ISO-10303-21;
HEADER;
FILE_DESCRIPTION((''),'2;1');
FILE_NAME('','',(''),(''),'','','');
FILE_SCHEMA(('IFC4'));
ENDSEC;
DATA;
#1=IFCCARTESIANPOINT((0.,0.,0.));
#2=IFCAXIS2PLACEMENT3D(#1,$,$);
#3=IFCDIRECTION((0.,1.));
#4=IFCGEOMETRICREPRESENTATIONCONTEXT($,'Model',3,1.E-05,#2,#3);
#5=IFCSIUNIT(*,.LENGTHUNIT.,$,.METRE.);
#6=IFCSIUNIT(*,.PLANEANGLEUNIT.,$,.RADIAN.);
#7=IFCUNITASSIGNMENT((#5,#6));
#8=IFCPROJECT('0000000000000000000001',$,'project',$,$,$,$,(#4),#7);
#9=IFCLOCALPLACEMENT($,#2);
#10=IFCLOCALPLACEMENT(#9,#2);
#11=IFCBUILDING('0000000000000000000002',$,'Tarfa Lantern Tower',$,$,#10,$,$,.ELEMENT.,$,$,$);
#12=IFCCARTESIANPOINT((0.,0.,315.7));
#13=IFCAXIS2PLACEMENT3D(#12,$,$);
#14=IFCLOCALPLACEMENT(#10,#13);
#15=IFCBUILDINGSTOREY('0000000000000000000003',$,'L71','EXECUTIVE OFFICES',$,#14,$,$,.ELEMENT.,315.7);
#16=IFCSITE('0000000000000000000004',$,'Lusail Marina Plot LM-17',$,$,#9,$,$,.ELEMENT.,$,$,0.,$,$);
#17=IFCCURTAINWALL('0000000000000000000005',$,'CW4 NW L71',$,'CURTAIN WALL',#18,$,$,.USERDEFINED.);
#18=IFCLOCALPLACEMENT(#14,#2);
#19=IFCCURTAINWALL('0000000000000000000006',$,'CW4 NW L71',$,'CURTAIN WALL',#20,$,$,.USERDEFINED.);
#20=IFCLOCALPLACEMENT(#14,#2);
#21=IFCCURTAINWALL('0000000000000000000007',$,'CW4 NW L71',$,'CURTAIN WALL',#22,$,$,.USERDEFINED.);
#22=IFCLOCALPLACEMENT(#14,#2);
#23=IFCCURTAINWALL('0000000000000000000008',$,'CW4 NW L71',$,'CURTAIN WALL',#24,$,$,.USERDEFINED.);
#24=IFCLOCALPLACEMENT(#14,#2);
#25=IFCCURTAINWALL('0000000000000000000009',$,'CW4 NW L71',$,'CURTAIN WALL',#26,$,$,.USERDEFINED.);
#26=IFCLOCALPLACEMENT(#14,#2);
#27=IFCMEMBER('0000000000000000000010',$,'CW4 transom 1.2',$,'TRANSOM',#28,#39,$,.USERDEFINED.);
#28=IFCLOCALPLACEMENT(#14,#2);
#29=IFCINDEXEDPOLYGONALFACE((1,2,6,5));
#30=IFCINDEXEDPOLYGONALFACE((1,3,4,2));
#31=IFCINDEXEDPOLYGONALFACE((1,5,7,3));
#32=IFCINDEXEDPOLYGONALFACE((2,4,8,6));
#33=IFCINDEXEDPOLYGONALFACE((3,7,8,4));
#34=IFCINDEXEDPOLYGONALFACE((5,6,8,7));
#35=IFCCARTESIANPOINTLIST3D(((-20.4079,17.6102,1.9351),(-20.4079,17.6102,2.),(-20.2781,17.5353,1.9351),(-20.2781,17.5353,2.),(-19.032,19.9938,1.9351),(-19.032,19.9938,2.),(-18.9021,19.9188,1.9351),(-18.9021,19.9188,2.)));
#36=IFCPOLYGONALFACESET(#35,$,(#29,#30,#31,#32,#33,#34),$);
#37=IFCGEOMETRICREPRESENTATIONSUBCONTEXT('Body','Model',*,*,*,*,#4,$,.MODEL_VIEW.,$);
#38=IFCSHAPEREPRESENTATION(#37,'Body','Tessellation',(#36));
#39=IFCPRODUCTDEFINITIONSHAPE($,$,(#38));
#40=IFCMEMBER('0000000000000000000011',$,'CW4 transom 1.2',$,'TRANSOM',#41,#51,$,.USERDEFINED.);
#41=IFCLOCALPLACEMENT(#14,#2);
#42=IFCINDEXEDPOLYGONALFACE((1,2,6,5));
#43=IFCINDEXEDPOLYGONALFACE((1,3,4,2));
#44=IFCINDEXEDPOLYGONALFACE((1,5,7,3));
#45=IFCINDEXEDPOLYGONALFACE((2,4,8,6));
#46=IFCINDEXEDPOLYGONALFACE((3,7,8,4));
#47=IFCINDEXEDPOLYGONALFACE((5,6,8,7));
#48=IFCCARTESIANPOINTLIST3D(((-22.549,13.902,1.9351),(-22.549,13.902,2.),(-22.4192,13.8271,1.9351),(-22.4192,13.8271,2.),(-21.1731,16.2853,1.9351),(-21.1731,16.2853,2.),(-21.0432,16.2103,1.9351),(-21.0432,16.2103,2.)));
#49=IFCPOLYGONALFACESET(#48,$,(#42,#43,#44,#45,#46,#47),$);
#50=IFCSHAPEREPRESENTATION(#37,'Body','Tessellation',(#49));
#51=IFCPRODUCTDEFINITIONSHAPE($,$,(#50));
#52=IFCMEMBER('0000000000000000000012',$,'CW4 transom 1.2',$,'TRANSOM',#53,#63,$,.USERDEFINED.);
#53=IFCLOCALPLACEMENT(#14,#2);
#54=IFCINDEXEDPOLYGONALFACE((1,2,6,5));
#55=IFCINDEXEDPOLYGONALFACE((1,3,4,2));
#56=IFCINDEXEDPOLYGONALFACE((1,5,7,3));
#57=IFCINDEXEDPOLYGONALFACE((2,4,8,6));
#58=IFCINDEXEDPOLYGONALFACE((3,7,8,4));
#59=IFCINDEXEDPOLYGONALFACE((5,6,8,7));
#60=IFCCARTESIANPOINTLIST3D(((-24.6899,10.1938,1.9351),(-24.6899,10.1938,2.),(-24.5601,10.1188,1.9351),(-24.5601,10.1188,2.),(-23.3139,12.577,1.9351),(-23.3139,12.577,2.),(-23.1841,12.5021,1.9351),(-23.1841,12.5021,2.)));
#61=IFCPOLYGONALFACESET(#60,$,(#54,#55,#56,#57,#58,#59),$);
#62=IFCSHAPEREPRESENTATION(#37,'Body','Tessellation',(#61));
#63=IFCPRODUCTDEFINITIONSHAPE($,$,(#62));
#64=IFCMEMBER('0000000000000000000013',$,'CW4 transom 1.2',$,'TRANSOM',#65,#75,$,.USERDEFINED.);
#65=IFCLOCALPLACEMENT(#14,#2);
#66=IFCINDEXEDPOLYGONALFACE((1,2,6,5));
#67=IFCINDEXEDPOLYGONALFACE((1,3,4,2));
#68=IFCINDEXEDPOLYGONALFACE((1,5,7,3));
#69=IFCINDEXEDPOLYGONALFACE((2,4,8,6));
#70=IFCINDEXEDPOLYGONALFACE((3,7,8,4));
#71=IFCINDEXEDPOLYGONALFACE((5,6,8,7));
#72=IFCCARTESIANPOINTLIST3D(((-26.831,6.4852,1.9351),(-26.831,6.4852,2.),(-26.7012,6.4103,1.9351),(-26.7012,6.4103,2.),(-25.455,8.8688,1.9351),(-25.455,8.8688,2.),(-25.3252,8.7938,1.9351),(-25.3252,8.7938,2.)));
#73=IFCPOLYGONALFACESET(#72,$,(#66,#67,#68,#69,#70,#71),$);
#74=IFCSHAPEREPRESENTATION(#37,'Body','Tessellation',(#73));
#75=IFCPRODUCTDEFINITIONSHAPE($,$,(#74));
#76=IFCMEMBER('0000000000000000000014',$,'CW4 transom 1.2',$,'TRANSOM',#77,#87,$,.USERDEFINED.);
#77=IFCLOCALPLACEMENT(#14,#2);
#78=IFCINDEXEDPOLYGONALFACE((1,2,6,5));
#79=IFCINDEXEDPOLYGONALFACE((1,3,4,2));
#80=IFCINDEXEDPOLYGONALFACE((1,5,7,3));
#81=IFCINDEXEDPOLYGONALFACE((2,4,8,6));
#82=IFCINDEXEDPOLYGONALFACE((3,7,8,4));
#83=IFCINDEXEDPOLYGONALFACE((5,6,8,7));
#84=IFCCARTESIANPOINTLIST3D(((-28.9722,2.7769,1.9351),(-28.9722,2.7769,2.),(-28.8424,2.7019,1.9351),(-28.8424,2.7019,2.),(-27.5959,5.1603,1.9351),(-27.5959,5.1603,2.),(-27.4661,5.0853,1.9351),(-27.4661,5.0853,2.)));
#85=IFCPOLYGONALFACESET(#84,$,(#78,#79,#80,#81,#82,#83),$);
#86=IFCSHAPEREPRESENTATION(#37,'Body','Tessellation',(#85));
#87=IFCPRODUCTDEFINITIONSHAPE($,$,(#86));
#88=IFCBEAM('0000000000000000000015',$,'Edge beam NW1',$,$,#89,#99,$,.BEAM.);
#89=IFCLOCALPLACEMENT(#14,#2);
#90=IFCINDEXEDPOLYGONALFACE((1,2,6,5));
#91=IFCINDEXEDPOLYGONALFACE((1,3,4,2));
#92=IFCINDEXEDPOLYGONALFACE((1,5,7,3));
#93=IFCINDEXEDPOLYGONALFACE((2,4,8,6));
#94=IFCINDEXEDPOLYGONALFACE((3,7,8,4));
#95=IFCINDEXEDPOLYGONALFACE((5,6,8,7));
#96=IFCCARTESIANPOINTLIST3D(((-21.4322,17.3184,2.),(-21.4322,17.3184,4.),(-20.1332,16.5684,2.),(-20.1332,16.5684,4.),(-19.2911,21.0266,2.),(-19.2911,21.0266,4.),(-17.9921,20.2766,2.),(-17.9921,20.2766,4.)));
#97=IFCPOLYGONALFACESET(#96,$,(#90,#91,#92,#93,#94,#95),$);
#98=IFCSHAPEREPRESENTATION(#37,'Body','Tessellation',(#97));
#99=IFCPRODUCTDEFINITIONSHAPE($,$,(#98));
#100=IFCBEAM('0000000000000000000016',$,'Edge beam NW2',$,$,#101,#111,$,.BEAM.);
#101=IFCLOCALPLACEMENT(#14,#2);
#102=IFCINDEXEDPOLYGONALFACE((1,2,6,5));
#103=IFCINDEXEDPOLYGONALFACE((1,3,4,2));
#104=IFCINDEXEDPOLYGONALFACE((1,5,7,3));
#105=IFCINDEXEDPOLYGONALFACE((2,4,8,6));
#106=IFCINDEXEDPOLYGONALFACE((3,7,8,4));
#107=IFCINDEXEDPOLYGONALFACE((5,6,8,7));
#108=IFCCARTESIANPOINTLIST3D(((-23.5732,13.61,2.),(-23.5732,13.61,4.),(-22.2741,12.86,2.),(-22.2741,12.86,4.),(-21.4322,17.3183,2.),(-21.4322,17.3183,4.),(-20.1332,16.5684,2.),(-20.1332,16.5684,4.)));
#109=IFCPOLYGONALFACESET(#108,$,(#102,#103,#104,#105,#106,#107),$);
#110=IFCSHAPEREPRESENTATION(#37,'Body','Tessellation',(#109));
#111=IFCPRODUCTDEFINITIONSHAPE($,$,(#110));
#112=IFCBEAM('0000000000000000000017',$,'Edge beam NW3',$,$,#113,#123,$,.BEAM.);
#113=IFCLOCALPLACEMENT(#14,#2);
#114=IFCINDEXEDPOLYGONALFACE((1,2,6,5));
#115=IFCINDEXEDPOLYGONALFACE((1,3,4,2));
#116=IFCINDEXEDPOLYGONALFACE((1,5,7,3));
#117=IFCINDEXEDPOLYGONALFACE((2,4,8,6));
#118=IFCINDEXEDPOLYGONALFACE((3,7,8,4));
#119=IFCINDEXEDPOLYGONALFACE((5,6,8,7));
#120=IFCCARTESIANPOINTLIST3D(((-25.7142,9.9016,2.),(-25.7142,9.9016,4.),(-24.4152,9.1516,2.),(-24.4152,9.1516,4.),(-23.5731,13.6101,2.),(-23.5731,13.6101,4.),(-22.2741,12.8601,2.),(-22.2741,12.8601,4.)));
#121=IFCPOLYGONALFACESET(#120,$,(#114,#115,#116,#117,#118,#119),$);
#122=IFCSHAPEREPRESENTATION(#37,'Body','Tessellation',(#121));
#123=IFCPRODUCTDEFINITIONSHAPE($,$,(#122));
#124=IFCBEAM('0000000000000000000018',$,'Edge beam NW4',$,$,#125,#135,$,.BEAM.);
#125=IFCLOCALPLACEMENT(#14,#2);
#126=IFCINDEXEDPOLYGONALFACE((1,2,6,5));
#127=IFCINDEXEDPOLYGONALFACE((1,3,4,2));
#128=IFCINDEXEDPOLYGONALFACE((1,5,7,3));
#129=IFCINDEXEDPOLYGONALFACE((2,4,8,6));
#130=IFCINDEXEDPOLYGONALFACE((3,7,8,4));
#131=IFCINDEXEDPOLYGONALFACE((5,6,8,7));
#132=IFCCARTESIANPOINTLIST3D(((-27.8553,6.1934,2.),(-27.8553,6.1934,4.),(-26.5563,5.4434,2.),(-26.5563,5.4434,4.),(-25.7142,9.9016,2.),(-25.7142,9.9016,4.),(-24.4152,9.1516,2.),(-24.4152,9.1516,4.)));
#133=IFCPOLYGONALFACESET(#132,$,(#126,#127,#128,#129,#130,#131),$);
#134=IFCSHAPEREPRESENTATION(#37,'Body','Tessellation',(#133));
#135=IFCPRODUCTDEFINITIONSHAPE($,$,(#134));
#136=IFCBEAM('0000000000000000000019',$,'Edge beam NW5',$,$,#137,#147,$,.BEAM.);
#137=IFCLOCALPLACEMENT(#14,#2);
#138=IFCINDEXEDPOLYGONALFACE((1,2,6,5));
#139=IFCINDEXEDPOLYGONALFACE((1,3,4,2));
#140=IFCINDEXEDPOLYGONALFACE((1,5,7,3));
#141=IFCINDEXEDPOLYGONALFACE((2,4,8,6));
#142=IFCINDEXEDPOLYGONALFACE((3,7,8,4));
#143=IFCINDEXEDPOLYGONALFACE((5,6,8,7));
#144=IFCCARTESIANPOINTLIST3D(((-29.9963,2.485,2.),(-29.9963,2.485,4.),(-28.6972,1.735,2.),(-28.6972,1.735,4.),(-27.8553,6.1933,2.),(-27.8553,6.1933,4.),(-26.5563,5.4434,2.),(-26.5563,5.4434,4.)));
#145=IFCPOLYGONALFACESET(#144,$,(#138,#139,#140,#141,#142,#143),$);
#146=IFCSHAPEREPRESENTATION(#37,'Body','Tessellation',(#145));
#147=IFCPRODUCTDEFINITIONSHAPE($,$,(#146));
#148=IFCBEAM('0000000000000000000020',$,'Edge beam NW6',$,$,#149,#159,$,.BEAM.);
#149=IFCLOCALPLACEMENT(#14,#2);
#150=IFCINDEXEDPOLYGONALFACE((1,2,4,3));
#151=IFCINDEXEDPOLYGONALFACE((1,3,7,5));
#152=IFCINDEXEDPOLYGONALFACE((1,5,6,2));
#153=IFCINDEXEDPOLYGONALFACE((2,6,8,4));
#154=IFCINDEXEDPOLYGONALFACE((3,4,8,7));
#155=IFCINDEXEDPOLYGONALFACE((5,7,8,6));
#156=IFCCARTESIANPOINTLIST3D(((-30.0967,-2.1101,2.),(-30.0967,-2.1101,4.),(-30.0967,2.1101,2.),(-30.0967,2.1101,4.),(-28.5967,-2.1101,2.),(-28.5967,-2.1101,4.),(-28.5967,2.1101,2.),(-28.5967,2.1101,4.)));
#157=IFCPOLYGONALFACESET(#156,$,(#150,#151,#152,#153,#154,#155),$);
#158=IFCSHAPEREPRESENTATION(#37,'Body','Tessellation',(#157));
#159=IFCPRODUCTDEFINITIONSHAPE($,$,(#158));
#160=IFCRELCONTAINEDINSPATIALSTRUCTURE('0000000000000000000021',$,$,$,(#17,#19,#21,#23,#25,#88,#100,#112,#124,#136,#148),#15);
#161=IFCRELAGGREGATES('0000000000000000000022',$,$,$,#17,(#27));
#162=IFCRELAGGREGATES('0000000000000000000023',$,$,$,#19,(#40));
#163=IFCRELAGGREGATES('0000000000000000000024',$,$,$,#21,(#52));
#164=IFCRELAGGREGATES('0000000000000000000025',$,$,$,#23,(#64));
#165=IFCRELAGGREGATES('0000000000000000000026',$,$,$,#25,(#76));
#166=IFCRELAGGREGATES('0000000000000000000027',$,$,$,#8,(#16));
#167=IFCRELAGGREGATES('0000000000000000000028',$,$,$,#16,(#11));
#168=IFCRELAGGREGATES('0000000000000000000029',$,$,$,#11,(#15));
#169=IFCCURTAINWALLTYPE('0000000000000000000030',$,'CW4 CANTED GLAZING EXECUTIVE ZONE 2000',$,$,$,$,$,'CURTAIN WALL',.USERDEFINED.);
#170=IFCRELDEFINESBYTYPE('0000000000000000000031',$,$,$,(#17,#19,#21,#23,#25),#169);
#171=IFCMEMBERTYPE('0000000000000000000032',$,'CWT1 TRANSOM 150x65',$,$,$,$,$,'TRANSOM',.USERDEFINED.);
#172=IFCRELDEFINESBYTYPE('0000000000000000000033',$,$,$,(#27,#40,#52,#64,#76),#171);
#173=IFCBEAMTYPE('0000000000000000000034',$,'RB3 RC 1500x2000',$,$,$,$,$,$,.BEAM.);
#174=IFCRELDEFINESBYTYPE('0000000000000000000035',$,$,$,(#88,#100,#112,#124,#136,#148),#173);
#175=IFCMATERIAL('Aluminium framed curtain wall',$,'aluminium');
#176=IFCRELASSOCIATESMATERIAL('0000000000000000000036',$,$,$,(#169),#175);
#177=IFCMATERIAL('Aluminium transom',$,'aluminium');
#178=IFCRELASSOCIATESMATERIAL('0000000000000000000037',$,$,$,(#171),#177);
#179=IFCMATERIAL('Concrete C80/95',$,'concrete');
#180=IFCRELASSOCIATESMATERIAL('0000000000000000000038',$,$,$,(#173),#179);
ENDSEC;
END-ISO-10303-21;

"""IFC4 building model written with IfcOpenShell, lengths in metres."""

from ifc_helpers import new_model, si_unit, direction, frame, origin, origin_2d, place, context, subcontext, project, spatial, rectangle, extrude, material, material_profile, profile_set, type_object, element, aggregate, save


model = new_model("IFC4")

# Units and contexts
model_context = context("Model", 3, precision=1e-05, world=origin(), true_north=direction((0.0, 1.0)))
body_context = subcontext(model_context, "Body", "Model", "MODEL_VIEW")
ifc_project = project(units=[si_unit("LENGTHUNIT", "METRE"), si_unit("PLANEANGLEUNIT", "RADIAN")], contexts=[model_context])

# Site, building, storey
site_placement = place(None, origin())
site = spatial("IfcSite", under=ifc_project, at=site_placement, Name="Lusail Marina Plot LM-17", CompositionType="ELEMENT", RefElevation=0.0)
building_placement = place(site_placement, origin())
building = spatial("IfcBuilding", under=site, at=building_placement, Name="Tarfa Lantern Tower", CompositionType="ELEMENT")
storey_placement = place(building_placement, frame((0.0, 0.0, 315.7)))
storey = spatial("IfcBuildingStorey", under=building, at=storey_placement, Name="L71", Description="EXECUTIVE OFFICES", CompositionType="ELEMENT", Elevation=315.7)

# Shared definitions
ifc_material_1 = material(Name="Concrete C80/95", Category="concrete")

# Curtain walls
ifc_material_2 = material(Name="Aluminium framed curtain wall", Category="aluminium")
curtain_wall_type = type_object("IfcCurtainWallType", Name="CW4 CANTED GLAZING EXECUTIVE ZONE 2000", ElementType="CURTAIN WALL", PredefinedType="USERDEFINED", material=ifc_material_2)
curtain_wall_1_placement = place(storey_placement, origin())
curtain_wall_1 = element("IfcCurtainWall", 1, at=curtain_wall_1_placement, inside=storey, type_object=curtain_wall_type, Name="CW4 NW L71", ObjectType="CURTAIN WALL", PredefinedType="USERDEFINED")
curtain_wall_2_placement = place(storey_placement, origin())
curtain_wall_2 = element("IfcCurtainWall", 2, at=curtain_wall_2_placement, inside=storey, type_object=curtain_wall_type, Name="CW4 NW L71", ObjectType="CURTAIN WALL", PredefinedType="USERDEFINED")
curtain_wall_3_placement = place(storey_placement, origin())
curtain_wall_3 = element("IfcCurtainWall", 3, at=curtain_wall_3_placement, inside=storey, type_object=curtain_wall_type, Name="CW4 NW L71", ObjectType="CURTAIN WALL", PredefinedType="USERDEFINED")
curtain_wall_4_placement = place(storey_placement, origin())
curtain_wall_4 = element("IfcCurtainWall", 4, at=curtain_wall_4_placement, inside=storey, type_object=curtain_wall_type, Name="CW4 NW L71", ObjectType="CURTAIN WALL", PredefinedType="USERDEFINED")
curtain_wall_5_placement = place(storey_placement, origin())
curtain_wall_5 = element("IfcCurtainWall", 5, at=curtain_wall_5_placement, inside=storey, type_object=curtain_wall_type, Name="CW4 NW L71", ObjectType="CURTAIN WALL", PredefinedType="USERDEFINED")

# Members
ifc_material_3 = material(Name="Aluminium transom", Category="aluminium")
ifc_material_profile_1 = material_profile(ifc_material_3, rectangle(XDim=0.1499, YDim=0.0649, at=origin_2d()), Name="AL TRANSOM 150x65")
ifc_profile_set_1 = profile_set([ifc_material_profile_1], Name="Aluminium transom")
member_type_1 = type_object("IfcMemberType", Name="CWT1 TRANSOM 150x65", ElementType="TRANSOM", PredefinedType="USERDEFINED", material=ifc_profile_set_1)
member_1_placement = place(storey_placement, frame((-18.967, 19.9563, 1.9675), z_axis=(-0.499955, -0.866051, 0.0), x_axis=(0.866051, -0.499955, 0.0)))
member_1 = element("IfcMember", 6, at=member_1_placement, type_object=member_type_1, Name="CW4 transom 1.2", ObjectType="TRANSOM", PredefinedType="USERDEFINED", context=body_context, shape_type="SweptSolid", body=[
    extrude(rectangle(XDim=0.1499, YDim=0.0649, at=origin_2d()), origin(), (0.0, 0.0, 1.0), 2.7522),
])
member_2_placement = place(storey_placement, frame((-21.1082, 16.2478, 1.9675), z_axis=(-0.499994, -0.866029, 0.0), x_axis=(0.866029, -0.499994, 0.0)))
member_2 = element("IfcMember", 7, at=member_2_placement, type_object=member_type_1, Name="CW4 transom 1.2", ObjectType="TRANSOM", PredefinedType="USERDEFINED", context=body_context, shape_type="SweptSolid", body=[
    extrude(rectangle(XDim=0.1499, YDim=0.0649, at=origin_2d()), origin(), (0.0, 0.0, 1.0), 2.752),
])
member_3_placement = place(storey_placement, frame((-23.249, 12.5396, 1.9675), z_axis=(-0.499994, -0.866029, 0.0), x_axis=(0.866029, -0.499994, 0.0)))
member_3 = element("IfcMember", 8, at=member_3_placement, type_object=member_type_1, Name="CW4 transom 1.2", ObjectType="TRANSOM", PredefinedType="USERDEFINED", context=body_context, shape_type="SweptSolid", body=[
    extrude(rectangle(XDim=0.1499, YDim=0.0649, at=origin_2d()), origin(), (0.0, 0.0, 1.0), 2.752),
])
member_4_placement = place(storey_placement, frame((-25.3901, 8.8313, 1.9675), z_axis=(-0.499955, -0.866051, 0.0), x_axis=(0.866051, -0.499955, 0.0)))
member_4 = element("IfcMember", 9, at=member_4_placement, type_object=member_type_1, Name="CW4 transom 1.2", ObjectType="TRANSOM", PredefinedType="USERDEFINED", context=body_context, shape_type="SweptSolid", body=[
    extrude(rectangle(XDim=0.1499, YDim=0.0649, at=origin_2d()), origin(), (0.0, 0.0, 1.0), 2.7522),
])
member_5_placement = place(storey_placement, frame((-27.531, 5.1228, 1.9675), z_axis=(-0.50006, -0.865991, 0.0), x_axis=(0.865991, -0.50006, 0.0)))
member_5 = element("IfcMember", 10, at=member_5_placement, type_object=member_type_1, Name="CW4 transom 1.2", ObjectType="TRANSOM", PredefinedType="USERDEFINED", context=body_context, shape_type="SweptSolid", body=[
    extrude(rectangle(XDim=0.1499, YDim=0.0649, at=origin_2d()), origin(), (0.0, 0.0, 1.0), 2.7522),
])

# Beams
ifc_material_profile_2 = material_profile(ifc_material_1, rectangle(XDim=1.5, YDim=2.0, at=origin_2d()), Name="RC 1500x2000")
ifc_profile_set_2 = profile_set([ifc_material_profile_2], Name="Concrete C80/95")
beam_type_1 = type_object("IfcBeamType", Name="RB3 RC 1500x2000", PredefinedType="BEAM", material=ifc_profile_set_2)
for number, where, z_axis, x_axis, name in (
    (11, (-18.6416, 20.6516, 3.0), (-0.500027, -0.86601, 0.0), (0.86601, -0.500027, 0.0), "Edge beam NW1"),
    (12, (-20.7827, 16.9434, 3.0), (-0.499984, -0.866035, 0.0), (0.866035, -0.499984, 0.0), "Edge beam NW2"),
):
    element("IfcBeam", number, at=place(storey_placement, frame(where, z_axis=z_axis, x_axis=x_axis)), inside=storey, type_object=beam_type_1, Name=name, PredefinedType="BEAM", context=body_context, shape_type="SweptSolid", body=[
        extrude(rectangle(XDim=1.5, YDim=2.0, at=origin_2d()), origin(), (0.0, 0.0, 1.0), 4.282),
    ])
beam_1_placement = place(storey_placement, frame((-22.9236, 13.2351, 3.0), z_axis=(-0.500002, -0.866024, 0.0), x_axis=(0.866024, -0.500002, 0.0)))
element("IfcBeam", 13, at=beam_1_placement, inside=storey, type_object=beam_type_1, Name="Edge beam NW3", PredefinedType="BEAM", context=body_context, shape_type="SweptSolid", body=[
    extrude(rectangle(XDim=1.5, YDim=2.0, at=origin_2d()), origin(), (0.0, 0.0, 1.0), 4.2822),
])
for number, where, z_axis, x_axis, name in (
    (14, (-25.0647, 9.5266, 3.0), (-0.500027, -0.86601, 0.0), (0.86601, -0.500027, 0.0), "Edge beam NW4"),
    (15, (-27.2058, 5.8184, 3.0), (-0.499984, -0.866035, 0.0), (0.866035, -0.499984, 0.0), "Edge beam NW5"),
):
    element("IfcBeam", number, at=place(storey_placement, frame(where, z_axis=z_axis, x_axis=x_axis)), inside=storey, type_object=beam_type_1, Name=name, PredefinedType="BEAM", context=body_context, shape_type="SweptSolid", body=[
        extrude(rectangle(XDim=1.5, YDim=2.0, at=origin_2d()), origin(), (0.0, 0.0, 1.0), 4.282),
    ])
beam_2_placement = place(storey_placement, frame((-29.3467, 2.1101, 3.0), z_axis=(0.0, -1.0, 0.0), x_axis=(1.0, 0.0, 0.0)))
element("IfcBeam", 16, at=beam_2_placement, inside=storey, type_object=beam_type_1, Name="Edge beam NW6", PredefinedType="BEAM", context=body_context, shape_type="SweptSolid", body=[
    extrude(rectangle(XDim=1.5, YDim=2.0, at=origin_2d()), origin(), (0.0, 0.0, 1.0), 4.2202),
])

aggregate(curtain_wall_1, [member_1])
aggregate(curtain_wall_2, [member_2])
aggregate(curtain_wall_3, [member_3])
aggregate(curtain_wall_4, [member_4])
aggregate(curtain_wall_5, [member_5])

save(model, "model.ifc")
